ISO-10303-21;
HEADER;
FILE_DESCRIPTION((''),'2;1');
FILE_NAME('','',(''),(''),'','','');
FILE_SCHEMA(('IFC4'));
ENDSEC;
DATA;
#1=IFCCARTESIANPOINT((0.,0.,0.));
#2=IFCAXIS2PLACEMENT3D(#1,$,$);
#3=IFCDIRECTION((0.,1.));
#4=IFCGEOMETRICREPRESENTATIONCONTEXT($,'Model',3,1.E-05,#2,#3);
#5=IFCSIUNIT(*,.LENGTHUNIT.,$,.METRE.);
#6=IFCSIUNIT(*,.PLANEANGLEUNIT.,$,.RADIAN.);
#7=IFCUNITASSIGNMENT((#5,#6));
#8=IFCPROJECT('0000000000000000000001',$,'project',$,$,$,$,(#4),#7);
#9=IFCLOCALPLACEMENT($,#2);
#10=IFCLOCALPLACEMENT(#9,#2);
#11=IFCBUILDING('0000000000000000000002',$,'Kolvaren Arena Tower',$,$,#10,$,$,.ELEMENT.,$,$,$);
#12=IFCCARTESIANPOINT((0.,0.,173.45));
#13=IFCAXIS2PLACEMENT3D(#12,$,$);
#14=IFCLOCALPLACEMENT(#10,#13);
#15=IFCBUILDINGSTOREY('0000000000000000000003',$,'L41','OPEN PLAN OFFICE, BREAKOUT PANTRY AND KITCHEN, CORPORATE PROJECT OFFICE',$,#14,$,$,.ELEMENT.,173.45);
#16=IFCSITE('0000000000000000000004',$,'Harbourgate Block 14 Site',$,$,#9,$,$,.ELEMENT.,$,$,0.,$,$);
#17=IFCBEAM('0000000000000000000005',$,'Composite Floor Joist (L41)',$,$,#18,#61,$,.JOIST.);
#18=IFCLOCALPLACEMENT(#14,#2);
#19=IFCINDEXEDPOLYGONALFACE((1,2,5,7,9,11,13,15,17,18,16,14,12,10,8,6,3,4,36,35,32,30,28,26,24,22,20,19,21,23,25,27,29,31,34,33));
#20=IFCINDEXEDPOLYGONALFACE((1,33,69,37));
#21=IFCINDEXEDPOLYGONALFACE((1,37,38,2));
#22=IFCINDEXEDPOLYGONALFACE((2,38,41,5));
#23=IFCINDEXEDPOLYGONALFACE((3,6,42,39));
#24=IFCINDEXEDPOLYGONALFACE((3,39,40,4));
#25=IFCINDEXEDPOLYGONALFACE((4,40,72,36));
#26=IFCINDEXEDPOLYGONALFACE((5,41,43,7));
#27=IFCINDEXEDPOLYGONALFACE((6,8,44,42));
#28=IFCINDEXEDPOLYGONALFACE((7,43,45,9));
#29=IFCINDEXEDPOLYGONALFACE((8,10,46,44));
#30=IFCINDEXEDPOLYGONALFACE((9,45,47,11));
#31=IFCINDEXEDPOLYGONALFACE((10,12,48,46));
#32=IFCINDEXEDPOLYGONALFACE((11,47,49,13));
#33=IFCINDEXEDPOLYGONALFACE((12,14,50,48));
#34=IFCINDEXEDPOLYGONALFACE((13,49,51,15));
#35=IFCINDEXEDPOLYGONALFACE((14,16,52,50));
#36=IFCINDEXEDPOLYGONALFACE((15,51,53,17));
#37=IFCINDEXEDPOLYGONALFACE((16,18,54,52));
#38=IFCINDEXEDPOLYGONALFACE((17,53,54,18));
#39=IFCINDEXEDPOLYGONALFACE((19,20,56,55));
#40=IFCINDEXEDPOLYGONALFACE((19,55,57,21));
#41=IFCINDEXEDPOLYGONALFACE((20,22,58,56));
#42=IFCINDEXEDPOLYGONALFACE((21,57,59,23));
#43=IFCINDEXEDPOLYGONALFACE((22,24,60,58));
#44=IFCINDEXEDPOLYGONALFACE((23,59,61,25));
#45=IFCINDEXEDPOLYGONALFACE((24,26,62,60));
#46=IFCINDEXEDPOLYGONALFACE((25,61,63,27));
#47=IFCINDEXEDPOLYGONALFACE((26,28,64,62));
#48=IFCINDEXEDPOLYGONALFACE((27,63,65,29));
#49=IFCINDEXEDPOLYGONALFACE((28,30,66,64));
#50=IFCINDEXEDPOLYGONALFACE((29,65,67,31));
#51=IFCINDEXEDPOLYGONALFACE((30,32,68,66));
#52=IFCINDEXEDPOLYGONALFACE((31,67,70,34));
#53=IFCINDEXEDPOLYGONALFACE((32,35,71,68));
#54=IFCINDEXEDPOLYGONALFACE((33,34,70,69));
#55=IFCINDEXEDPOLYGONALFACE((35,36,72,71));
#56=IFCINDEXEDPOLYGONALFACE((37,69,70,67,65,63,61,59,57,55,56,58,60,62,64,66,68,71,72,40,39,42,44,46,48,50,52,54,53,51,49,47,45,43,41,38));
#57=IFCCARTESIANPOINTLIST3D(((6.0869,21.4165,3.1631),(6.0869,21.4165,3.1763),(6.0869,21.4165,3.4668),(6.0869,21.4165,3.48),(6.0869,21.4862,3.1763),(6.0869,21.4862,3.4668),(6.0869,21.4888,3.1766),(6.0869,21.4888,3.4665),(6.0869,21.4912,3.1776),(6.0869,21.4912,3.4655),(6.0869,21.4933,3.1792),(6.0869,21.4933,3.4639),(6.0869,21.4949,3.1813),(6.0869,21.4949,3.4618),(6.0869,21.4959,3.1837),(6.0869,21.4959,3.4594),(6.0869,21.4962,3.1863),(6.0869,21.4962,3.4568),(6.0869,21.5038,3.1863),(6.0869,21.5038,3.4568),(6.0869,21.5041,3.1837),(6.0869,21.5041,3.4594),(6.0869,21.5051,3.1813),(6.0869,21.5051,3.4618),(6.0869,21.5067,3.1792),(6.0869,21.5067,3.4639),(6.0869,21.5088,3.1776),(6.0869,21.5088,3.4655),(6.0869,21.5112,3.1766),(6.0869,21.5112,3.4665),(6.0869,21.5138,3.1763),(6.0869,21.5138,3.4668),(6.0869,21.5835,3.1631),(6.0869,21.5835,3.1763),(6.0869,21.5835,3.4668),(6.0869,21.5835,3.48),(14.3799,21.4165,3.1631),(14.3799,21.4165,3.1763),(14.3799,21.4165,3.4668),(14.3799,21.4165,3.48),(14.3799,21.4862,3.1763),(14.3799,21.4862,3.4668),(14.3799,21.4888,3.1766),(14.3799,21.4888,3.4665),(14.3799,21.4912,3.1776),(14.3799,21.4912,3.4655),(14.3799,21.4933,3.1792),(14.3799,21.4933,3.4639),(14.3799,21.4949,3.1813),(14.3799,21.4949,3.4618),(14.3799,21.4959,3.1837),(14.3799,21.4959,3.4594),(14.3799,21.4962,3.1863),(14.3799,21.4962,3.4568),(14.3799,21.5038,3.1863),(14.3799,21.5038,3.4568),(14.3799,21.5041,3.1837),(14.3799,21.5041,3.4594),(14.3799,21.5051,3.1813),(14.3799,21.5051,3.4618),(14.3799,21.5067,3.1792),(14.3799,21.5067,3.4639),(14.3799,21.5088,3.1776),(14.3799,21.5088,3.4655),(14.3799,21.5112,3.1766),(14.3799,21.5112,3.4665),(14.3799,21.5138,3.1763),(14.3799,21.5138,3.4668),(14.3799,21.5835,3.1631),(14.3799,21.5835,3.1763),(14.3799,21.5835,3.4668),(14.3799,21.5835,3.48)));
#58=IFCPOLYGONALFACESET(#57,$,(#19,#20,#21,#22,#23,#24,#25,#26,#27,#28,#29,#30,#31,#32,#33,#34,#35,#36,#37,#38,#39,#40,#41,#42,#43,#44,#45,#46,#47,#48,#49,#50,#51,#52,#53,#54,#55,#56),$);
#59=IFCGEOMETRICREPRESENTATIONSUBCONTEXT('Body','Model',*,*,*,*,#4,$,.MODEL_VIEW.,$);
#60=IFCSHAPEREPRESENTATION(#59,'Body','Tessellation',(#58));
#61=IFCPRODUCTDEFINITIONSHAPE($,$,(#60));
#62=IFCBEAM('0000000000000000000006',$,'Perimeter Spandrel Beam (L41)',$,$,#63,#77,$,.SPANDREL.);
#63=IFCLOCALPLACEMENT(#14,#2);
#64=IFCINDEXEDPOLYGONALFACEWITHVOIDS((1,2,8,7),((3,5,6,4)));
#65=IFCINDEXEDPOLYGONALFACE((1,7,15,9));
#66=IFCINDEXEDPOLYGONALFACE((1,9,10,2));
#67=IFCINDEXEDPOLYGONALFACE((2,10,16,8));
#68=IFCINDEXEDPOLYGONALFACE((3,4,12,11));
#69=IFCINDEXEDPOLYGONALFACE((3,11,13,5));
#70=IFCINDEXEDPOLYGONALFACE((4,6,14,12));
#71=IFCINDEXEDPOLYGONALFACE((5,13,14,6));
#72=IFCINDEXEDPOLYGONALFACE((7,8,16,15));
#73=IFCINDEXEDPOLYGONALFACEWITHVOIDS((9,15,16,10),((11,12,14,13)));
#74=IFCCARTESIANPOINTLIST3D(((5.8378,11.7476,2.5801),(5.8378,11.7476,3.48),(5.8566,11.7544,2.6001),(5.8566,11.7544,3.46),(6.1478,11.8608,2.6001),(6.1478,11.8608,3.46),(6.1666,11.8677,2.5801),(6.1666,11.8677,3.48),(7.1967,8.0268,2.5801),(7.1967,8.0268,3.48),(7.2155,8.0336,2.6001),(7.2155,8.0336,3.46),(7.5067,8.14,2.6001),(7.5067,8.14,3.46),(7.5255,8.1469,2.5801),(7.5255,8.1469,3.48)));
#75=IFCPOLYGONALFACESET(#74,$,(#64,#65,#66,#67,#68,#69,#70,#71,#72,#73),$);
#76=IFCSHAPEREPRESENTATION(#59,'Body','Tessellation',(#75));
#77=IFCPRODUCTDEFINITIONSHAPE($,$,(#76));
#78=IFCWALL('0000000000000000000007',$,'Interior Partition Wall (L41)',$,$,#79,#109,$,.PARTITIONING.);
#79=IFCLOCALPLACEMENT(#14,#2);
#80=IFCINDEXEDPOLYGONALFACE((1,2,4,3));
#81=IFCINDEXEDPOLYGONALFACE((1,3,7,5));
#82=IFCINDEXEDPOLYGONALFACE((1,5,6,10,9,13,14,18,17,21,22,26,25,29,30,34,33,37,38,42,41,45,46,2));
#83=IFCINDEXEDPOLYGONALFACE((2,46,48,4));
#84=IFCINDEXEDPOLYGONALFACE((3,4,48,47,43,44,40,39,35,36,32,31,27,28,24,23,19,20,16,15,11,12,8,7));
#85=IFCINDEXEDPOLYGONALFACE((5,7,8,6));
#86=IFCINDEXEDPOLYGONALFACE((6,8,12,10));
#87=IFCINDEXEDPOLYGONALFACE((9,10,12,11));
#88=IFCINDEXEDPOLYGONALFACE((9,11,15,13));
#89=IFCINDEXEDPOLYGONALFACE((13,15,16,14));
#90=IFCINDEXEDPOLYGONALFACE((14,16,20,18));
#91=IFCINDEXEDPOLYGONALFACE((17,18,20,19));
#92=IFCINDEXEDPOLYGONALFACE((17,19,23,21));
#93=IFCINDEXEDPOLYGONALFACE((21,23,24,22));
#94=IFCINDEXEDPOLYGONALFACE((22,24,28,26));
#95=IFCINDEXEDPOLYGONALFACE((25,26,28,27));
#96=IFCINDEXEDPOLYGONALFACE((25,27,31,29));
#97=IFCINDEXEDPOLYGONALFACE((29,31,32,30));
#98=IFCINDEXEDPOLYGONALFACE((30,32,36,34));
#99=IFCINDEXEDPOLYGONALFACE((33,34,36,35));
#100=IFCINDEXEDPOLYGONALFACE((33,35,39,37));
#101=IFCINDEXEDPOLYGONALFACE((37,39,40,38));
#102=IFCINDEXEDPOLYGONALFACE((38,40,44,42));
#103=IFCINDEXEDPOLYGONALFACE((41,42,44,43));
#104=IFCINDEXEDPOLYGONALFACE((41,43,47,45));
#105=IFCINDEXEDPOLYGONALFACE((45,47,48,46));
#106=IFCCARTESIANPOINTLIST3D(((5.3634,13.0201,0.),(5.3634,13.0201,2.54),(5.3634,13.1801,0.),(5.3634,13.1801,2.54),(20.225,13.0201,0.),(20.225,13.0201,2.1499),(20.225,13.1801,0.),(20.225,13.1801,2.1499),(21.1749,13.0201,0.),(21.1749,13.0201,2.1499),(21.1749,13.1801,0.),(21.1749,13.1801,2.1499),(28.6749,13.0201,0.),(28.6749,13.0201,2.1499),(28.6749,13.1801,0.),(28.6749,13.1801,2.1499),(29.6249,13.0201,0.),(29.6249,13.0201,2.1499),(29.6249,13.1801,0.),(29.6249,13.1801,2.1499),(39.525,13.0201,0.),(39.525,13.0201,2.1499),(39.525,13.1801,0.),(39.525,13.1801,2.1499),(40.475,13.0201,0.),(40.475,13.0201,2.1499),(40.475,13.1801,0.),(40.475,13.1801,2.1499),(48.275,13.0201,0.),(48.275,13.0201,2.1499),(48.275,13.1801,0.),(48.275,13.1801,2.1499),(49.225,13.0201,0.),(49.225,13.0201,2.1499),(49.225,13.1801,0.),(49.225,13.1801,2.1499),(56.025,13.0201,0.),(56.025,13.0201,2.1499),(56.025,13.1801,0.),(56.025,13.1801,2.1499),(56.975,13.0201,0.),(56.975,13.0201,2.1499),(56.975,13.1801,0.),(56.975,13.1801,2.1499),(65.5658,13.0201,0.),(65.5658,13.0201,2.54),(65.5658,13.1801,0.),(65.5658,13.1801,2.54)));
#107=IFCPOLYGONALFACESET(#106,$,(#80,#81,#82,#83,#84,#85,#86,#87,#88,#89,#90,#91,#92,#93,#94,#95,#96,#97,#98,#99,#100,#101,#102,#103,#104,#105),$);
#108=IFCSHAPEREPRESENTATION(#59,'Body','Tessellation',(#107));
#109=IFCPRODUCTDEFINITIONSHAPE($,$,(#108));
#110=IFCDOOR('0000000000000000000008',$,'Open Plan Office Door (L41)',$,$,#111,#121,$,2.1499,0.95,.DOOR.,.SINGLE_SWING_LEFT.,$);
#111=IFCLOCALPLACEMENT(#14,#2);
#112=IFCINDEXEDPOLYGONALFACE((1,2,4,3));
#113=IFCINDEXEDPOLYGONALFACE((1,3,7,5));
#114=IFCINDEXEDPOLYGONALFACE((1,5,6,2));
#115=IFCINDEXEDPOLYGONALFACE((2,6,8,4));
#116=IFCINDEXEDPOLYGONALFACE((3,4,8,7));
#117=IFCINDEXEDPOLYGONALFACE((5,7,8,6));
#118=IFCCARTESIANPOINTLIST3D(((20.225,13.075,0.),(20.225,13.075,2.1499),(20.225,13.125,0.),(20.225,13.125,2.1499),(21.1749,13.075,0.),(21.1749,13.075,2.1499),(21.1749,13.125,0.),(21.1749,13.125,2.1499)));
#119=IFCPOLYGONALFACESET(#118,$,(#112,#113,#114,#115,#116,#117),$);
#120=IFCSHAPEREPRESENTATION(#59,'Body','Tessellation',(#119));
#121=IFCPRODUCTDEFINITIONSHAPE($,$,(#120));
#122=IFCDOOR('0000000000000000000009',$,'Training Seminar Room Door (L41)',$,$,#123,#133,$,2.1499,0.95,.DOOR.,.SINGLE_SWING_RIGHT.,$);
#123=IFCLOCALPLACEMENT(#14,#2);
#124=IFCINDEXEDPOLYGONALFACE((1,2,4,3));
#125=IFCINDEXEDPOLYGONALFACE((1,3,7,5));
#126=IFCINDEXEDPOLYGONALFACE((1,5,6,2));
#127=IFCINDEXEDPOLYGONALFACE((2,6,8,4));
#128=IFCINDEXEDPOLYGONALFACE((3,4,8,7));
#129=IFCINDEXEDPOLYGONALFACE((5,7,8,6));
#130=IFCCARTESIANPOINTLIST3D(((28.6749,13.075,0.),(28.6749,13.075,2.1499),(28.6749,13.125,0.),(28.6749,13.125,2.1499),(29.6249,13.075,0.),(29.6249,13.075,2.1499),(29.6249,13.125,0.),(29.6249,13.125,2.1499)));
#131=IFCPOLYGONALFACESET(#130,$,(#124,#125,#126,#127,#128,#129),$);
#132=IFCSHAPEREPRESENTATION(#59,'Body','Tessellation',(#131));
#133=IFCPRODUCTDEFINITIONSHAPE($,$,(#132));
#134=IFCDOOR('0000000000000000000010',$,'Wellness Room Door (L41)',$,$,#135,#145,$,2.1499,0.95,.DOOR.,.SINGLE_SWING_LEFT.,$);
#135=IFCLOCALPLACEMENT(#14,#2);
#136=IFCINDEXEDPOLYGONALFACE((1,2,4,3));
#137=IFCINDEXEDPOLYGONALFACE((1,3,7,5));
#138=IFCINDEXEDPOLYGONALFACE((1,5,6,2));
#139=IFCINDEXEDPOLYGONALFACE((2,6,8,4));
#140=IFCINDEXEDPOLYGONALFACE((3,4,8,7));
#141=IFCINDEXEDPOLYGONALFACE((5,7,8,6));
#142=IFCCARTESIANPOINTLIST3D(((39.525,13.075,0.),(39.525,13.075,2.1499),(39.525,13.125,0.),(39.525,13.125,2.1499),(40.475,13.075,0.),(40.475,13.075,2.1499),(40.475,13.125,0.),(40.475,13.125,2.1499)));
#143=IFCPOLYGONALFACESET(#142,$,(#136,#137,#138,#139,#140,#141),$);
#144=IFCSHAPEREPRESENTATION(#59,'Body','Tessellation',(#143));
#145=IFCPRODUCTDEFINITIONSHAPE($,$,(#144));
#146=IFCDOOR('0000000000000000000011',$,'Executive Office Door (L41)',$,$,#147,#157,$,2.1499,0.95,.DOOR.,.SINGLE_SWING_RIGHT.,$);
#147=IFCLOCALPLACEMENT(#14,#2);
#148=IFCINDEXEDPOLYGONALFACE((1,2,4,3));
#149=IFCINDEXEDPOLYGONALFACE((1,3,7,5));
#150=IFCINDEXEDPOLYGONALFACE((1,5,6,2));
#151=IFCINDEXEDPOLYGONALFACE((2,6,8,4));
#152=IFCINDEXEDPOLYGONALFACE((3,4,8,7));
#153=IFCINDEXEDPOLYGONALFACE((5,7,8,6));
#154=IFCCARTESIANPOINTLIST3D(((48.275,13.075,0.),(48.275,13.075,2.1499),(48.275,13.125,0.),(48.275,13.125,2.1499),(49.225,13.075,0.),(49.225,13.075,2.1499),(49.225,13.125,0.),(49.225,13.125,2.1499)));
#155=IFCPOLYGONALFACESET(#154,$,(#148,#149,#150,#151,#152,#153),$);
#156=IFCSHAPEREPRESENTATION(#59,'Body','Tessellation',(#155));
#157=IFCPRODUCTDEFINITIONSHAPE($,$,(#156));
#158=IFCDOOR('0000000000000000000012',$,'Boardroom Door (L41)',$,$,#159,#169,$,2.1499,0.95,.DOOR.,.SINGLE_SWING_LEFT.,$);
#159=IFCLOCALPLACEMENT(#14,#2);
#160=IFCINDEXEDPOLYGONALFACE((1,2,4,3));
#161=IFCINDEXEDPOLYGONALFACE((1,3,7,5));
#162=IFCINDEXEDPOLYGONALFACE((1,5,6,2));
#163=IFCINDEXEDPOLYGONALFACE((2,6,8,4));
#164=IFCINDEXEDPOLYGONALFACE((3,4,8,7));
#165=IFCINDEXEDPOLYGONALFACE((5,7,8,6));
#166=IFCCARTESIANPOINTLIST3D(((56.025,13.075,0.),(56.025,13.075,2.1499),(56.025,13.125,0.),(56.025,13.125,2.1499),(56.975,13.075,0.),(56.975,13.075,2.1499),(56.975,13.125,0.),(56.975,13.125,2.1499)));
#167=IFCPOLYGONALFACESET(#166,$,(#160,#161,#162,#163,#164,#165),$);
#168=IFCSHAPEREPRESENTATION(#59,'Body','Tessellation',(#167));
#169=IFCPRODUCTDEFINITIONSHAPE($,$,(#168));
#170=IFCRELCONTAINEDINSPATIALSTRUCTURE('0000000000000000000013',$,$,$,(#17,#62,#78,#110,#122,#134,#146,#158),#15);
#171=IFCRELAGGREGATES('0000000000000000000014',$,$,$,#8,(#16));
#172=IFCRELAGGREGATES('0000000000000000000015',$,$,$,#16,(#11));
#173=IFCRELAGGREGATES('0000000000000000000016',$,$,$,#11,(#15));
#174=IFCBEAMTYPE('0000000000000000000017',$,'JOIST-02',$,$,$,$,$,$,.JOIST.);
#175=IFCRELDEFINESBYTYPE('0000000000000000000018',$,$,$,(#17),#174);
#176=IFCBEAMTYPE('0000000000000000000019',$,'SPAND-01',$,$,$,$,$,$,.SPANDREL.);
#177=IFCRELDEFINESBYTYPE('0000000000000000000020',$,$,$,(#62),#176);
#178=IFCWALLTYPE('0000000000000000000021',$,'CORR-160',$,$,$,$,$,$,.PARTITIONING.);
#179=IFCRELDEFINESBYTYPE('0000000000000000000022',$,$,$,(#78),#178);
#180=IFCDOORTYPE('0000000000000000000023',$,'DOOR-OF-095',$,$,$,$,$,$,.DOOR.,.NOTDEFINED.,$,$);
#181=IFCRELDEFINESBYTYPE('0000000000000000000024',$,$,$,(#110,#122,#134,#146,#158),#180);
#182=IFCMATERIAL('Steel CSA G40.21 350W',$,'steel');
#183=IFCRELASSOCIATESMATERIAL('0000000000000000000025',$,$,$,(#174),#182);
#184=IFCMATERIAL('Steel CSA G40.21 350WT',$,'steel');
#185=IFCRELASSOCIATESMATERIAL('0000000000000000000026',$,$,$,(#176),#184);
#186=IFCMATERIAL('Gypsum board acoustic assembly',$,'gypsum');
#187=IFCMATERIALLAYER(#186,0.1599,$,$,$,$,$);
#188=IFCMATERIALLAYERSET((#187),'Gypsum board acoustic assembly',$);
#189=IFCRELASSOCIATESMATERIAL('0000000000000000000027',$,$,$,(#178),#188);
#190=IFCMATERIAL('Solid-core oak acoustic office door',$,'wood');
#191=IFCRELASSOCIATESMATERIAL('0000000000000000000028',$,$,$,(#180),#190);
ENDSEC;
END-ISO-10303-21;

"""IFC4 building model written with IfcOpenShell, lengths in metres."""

from ifc_helpers import new_model, si_unit, direction, frame, frame_2d, origin, origin_2d, place, context, subcontext, project, spatial, rectangle, hollow_rectangle, i_section, extrude, material, layer, layer_set, material_profile, profile_set, type_object, element, fill, save


model = new_model("IFC4")

# Units and contexts
model_context = context("Model", 3, precision=1e-05, world=origin(), true_north=direction((0.0, 1.0)))
body_context = subcontext(model_context, "Body", "Model", "MODEL_VIEW")
ifc_project = project(units=[si_unit("LENGTHUNIT", "METRE"), si_unit("PLANEANGLEUNIT", "RADIAN")], contexts=[model_context])

# Site, building, storey
site_placement = place(None, origin())
site = spatial("IfcSite", under=ifc_project, at=site_placement, Name="Harbourgate Block 14 Site", CompositionType="ELEMENT", RefElevation=0.0)
building_placement = place(site_placement, origin())
building = spatial("IfcBuilding", under=site, at=building_placement, Name="Kolvaren Arena Tower", CompositionType="ELEMENT")
storey_placement = place(building_placement, frame((0.0, 0.0, 173.45)))
storey = spatial("IfcBuildingStorey", under=building, at=storey_placement, Name="L41", Description="OPEN PLAN OFFICE, BREAKOUT PANTRY AND KITCHEN, CORPORATE PROJECT OFFICE", CompositionType="ELEMENT", Elevation=173.45)

# Beams
ifc_material_1 = material(Name="Steel CSA G40.21 350W", Category="steel")
ifc_material_profile_1 = material_profile(ifc_material_1, i_section(OverallWidth=0.167, OverallDepth=0.3169, WebThickness=0.0076, FlangeThickness=0.0132, FilletRadius=0.01, at=origin_2d()), Name="W310x52")
ifc_profile_set_1 = profile_set([ifc_material_profile_1], Name="Steel CSA G40.21 350W")
beam_type_1 = type_object("IfcBeamType", Name="JOIST-02", PredefinedType="JOIST", material=ifc_profile_set_1)
beam_1_placement = place(storey_placement, frame((6.0869, 21.5, 3.3215), z_axis=(1.0, 0.0, 0.0), x_axis=(0.0, 1.0, 0.0)))
element("IfcBeam", 1, at=beam_1_placement, inside=storey, type_object=beam_type_1, Name="Composite Floor Joist (L41)", PredefinedType="JOIST", context=body_context, shape_type="SweptSolid", body=[
    extrude(i_section(OverallWidth=0.167, OverallDepth=0.3169, WebThickness=0.0076, FlangeThickness=0.0132, FilletRadius=0.01, at=origin_2d()), origin(), (0.0, 0.0, 1.0), 8.293),
])
ifc_material_2 = material(Name="Steel CSA G40.21 350WT", Category="steel")
ifc_material_profile_2 = material_profile(ifc_material_2, hollow_rectangle(XDim=0.3501, YDim=0.8999, WallThickness=0.02, at=origin_2d()), Name="HSS 900x350x20")
ifc_profile_set_2 = profile_set([ifc_material_profile_2], Name="Steel CSA G40.21 350WT")
beam_type_2 = type_object("IfcBeamType", Name="SPAND-01", PredefinedType="SPANDREL", material=ifc_profile_set_2)
beam_2_placement = place(storey_placement, frame((6.0022, 11.8076, 3.03), z_axis=(0.343059, -0.939314, 0.0), x_axis=(0.939314, 0.343059, 0.0)))
element("IfcBeam", 2, at=beam_2_placement, inside=storey, type_object=beam_type_2, Name="Perimeter Spandrel Beam (L41)", PredefinedType="SPANDREL", context=body_context, shape_type="SweptSolid", body=[
    extrude(hollow_rectangle(XDim=0.3501, YDim=0.8999, WallThickness=0.02, at=origin_2d()), origin(), (0.0, 0.0, 1.0), 3.9612),
])

# Wall, openings, doors
ifc_material_3 = material(Name="Gypsum board acoustic assembly", Category="gypsum")
ifc_layer_1 = layer(ifc_material_3, 0.1599)
ifc_layer_set_1 = layer_set([ifc_layer_1], Name="Gypsum board acoustic assembly")
wall_type_1 = type_object("IfcWallType", Name="CORR-160", PredefinedType="PARTITIONING", material=ifc_layer_set_1)
wall_1_placement = place(storey_placement, frame((5.3635, 13.1001, 0.0), z_axis=(0.0, 0.0, 1.0), x_axis=(1.0, 0.0, 0.0)))
wall_1 = element("IfcWall", 3, at=wall_1_placement, inside=storey, type_object=wall_type_1, Name="Interior Partition Wall (L41)", PredefinedType="PARTITIONING", context=body_context, shape_type="SweptSolid", body=[
    extrude(rectangle(XDim=60.2024, YDim=0.1599, at=frame_2d((30.1011, 0.0))), origin(), (0.0, 0.0, 1.0), 2.54),
])
opening_1_placement = place(wall_1_placement, frame((14.8613, 0.0, 0.0)))
opening_1 = element("IfcOpeningElement", 4, at=opening_1_placement, cuts=wall_1, PredefinedType="OPENING", context=body_context, shape_type="SweptSolid", body=[
    extrude(rectangle(XDim=0.95, YDim=2.1499, at=frame_2d((0.4751, 1.075))), frame((0.0, 0.0898, 0.0), z_axis=(0.0, -1.0, 0.0), x_axis=(1.0, 0.0, 0.0)), (0.0, 0.0, 1.0), 0.1799),
])
opening_2_placement = place(wall_1_placement, frame((23.3113, 0.0, 0.0)))
opening_2 = element("IfcOpeningElement", 5, at=opening_2_placement, cuts=wall_1, PredefinedType="OPENING", context=body_context, shape_type="SweptSolid", body=[
    extrude(rectangle(XDim=0.95, YDim=2.1499, at=frame_2d((0.4751, 1.075))), frame((0.0, 0.0898, 0.0), z_axis=(0.0, -1.0, 0.0), x_axis=(1.0, 0.0, 0.0)), (0.0, 0.0, 1.0), 0.1799),
])
opening_3_placement = place(wall_1_placement, frame((34.1614, 0.0, 0.0)))
opening_3 = element("IfcOpeningElement", 6, at=opening_3_placement, cuts=wall_1, PredefinedType="OPENING", context=body_context, shape_type="SweptSolid", body=[
    extrude(rectangle(XDim=0.95, YDim=2.1499, at=frame_2d((0.4751, 1.075))), frame((0.0, 0.0898, 0.0), z_axis=(0.0, -1.0, 0.0), x_axis=(1.0, 0.0, 0.0)), (0.0, 0.0, 1.0), 0.1799),
])
opening_4_placement = place(wall_1_placement, frame((42.9114, 0.0, 0.0)))
opening_4 = element("IfcOpeningElement", 7, at=opening_4_placement, cuts=wall_1, PredefinedType="OPENING", context=body_context, shape_type="SweptSolid", body=[
    extrude(rectangle(XDim=0.95, YDim=2.1499, at=frame_2d((0.4751, 1.075))), frame((0.0, 0.0898, 0.0), z_axis=(0.0, -1.0, 0.0), x_axis=(1.0, 0.0, 0.0)), (0.0, 0.0, 1.0), 0.1799),
])
opening_5_placement = place(wall_1_placement, frame((50.6614, 0.0, 0.0)))
opening_5 = element("IfcOpeningElement", 8, at=opening_5_placement, cuts=wall_1, PredefinedType="OPENING", context=body_context, shape_type="SweptSolid", body=[
    extrude(rectangle(XDim=0.95, YDim=2.1499, at=frame_2d((0.4751, 1.075))), frame((0.0, 0.0898, 0.0), z_axis=(0.0, -1.0, 0.0), x_axis=(1.0, 0.0, 0.0)), (0.0, 0.0, 1.0), 0.1799),
])
ifc_material_4 = material(Name="Solid-core oak acoustic office door", Category="wood")
door_type = type_object("IfcDoorType", Name="DOOR-OF-095", OperationType="NOTDEFINED", PredefinedType="DOOR", material=ifc_material_4)
door_1_placement = place(opening_1_placement, origin())
door_1 = element("IfcDoor", 9, at=door_1_placement, inside=storey, type_object=door_type, Name="Open Plan Office Door (L41)", OperationType="SINGLE_SWING_LEFT", OverallHeight=2.1499, OverallWidth=0.95, PredefinedType="DOOR", context=body_context, shape_type="SweptSolid", body=[
    extrude(rectangle(XDim=0.95, YDim=2.1499, at=frame_2d((0.4751, 1.075))), frame((0.0, 0.0249, 0.0), z_axis=(0.0, -1.0, 0.0), x_axis=(1.0, 0.0, 0.0)), (0.0, 0.0, 1.0), 0.05),
])
fill(opening_1, door_1)
door_2_placement = place(opening_2_placement, origin())
door_2 = element("IfcDoor", 10, at=door_2_placement, inside=storey, type_object=door_type, Name="Training Seminar Room Door (L41)", OperationType="SINGLE_SWING_RIGHT", OverallHeight=2.1499, OverallWidth=0.95, PredefinedType="DOOR", context=body_context, shape_type="SweptSolid", body=[
    extrude(rectangle(XDim=0.95, YDim=2.1499, at=frame_2d((0.4751, 1.075))), frame((0.0, 0.0249, 0.0), z_axis=(0.0, -1.0, 0.0), x_axis=(1.0, 0.0, 0.0)), (0.0, 0.0, 1.0), 0.05),
])
fill(opening_2, door_2)
door_3_placement = place(opening_3_placement, origin())
door_3 = element("IfcDoor", 11, at=door_3_placement, inside=storey, type_object=door_type, Name="Wellness Room Door (L41)", OperationType="SINGLE_SWING_LEFT", OverallHeight=2.1499, OverallWidth=0.95, PredefinedType="DOOR", context=body_context, shape_type="SweptSolid", body=[
    extrude(rectangle(XDim=0.95, YDim=2.1499, at=frame_2d((0.4751, 1.075))), frame((0.0, 0.0249, 0.0), z_axis=(0.0, -1.0, 0.0), x_axis=(1.0, 0.0, 0.0)), (0.0, 0.0, 1.0), 0.05),
])
fill(opening_3, door_3)
door_4_placement = place(opening_4_placement, origin())
door_4 = element("IfcDoor", 12, at=door_4_placement, inside=storey, type_object=door_type, Name="Executive Office Door (L41)", OperationType="SINGLE_SWING_RIGHT", OverallHeight=2.1499, OverallWidth=0.95, PredefinedType="DOOR", context=body_context, shape_type="SweptSolid", body=[
    extrude(rectangle(XDim=0.95, YDim=2.1499, at=frame_2d((0.4751, 1.075))), frame((0.0, 0.0249, 0.0), z_axis=(0.0, -1.0, 0.0), x_axis=(1.0, 0.0, 0.0)), (0.0, 0.0, 1.0), 0.05),
])
fill(opening_4, door_4)
door_5_placement = place(opening_5_placement, origin())
door_5 = element("IfcDoor", 13, at=door_5_placement, inside=storey, type_object=door_type, Name="Boardroom Door (L41)", OperationType="SINGLE_SWING_LEFT", OverallHeight=2.1499, OverallWidth=0.95, PredefinedType="DOOR", context=body_context, shape_type="SweptSolid", body=[
    extrude(rectangle(XDim=0.95, YDim=2.1499, at=frame_2d((0.4751, 1.075))), frame((0.0, 0.0249, 0.0), z_axis=(0.0, -1.0, 0.0), x_axis=(1.0, 0.0, 0.0)), (0.0, 0.0, 1.0), 0.05),
])
fill(opening_5, door_5)

save(model, "model.ifc")
